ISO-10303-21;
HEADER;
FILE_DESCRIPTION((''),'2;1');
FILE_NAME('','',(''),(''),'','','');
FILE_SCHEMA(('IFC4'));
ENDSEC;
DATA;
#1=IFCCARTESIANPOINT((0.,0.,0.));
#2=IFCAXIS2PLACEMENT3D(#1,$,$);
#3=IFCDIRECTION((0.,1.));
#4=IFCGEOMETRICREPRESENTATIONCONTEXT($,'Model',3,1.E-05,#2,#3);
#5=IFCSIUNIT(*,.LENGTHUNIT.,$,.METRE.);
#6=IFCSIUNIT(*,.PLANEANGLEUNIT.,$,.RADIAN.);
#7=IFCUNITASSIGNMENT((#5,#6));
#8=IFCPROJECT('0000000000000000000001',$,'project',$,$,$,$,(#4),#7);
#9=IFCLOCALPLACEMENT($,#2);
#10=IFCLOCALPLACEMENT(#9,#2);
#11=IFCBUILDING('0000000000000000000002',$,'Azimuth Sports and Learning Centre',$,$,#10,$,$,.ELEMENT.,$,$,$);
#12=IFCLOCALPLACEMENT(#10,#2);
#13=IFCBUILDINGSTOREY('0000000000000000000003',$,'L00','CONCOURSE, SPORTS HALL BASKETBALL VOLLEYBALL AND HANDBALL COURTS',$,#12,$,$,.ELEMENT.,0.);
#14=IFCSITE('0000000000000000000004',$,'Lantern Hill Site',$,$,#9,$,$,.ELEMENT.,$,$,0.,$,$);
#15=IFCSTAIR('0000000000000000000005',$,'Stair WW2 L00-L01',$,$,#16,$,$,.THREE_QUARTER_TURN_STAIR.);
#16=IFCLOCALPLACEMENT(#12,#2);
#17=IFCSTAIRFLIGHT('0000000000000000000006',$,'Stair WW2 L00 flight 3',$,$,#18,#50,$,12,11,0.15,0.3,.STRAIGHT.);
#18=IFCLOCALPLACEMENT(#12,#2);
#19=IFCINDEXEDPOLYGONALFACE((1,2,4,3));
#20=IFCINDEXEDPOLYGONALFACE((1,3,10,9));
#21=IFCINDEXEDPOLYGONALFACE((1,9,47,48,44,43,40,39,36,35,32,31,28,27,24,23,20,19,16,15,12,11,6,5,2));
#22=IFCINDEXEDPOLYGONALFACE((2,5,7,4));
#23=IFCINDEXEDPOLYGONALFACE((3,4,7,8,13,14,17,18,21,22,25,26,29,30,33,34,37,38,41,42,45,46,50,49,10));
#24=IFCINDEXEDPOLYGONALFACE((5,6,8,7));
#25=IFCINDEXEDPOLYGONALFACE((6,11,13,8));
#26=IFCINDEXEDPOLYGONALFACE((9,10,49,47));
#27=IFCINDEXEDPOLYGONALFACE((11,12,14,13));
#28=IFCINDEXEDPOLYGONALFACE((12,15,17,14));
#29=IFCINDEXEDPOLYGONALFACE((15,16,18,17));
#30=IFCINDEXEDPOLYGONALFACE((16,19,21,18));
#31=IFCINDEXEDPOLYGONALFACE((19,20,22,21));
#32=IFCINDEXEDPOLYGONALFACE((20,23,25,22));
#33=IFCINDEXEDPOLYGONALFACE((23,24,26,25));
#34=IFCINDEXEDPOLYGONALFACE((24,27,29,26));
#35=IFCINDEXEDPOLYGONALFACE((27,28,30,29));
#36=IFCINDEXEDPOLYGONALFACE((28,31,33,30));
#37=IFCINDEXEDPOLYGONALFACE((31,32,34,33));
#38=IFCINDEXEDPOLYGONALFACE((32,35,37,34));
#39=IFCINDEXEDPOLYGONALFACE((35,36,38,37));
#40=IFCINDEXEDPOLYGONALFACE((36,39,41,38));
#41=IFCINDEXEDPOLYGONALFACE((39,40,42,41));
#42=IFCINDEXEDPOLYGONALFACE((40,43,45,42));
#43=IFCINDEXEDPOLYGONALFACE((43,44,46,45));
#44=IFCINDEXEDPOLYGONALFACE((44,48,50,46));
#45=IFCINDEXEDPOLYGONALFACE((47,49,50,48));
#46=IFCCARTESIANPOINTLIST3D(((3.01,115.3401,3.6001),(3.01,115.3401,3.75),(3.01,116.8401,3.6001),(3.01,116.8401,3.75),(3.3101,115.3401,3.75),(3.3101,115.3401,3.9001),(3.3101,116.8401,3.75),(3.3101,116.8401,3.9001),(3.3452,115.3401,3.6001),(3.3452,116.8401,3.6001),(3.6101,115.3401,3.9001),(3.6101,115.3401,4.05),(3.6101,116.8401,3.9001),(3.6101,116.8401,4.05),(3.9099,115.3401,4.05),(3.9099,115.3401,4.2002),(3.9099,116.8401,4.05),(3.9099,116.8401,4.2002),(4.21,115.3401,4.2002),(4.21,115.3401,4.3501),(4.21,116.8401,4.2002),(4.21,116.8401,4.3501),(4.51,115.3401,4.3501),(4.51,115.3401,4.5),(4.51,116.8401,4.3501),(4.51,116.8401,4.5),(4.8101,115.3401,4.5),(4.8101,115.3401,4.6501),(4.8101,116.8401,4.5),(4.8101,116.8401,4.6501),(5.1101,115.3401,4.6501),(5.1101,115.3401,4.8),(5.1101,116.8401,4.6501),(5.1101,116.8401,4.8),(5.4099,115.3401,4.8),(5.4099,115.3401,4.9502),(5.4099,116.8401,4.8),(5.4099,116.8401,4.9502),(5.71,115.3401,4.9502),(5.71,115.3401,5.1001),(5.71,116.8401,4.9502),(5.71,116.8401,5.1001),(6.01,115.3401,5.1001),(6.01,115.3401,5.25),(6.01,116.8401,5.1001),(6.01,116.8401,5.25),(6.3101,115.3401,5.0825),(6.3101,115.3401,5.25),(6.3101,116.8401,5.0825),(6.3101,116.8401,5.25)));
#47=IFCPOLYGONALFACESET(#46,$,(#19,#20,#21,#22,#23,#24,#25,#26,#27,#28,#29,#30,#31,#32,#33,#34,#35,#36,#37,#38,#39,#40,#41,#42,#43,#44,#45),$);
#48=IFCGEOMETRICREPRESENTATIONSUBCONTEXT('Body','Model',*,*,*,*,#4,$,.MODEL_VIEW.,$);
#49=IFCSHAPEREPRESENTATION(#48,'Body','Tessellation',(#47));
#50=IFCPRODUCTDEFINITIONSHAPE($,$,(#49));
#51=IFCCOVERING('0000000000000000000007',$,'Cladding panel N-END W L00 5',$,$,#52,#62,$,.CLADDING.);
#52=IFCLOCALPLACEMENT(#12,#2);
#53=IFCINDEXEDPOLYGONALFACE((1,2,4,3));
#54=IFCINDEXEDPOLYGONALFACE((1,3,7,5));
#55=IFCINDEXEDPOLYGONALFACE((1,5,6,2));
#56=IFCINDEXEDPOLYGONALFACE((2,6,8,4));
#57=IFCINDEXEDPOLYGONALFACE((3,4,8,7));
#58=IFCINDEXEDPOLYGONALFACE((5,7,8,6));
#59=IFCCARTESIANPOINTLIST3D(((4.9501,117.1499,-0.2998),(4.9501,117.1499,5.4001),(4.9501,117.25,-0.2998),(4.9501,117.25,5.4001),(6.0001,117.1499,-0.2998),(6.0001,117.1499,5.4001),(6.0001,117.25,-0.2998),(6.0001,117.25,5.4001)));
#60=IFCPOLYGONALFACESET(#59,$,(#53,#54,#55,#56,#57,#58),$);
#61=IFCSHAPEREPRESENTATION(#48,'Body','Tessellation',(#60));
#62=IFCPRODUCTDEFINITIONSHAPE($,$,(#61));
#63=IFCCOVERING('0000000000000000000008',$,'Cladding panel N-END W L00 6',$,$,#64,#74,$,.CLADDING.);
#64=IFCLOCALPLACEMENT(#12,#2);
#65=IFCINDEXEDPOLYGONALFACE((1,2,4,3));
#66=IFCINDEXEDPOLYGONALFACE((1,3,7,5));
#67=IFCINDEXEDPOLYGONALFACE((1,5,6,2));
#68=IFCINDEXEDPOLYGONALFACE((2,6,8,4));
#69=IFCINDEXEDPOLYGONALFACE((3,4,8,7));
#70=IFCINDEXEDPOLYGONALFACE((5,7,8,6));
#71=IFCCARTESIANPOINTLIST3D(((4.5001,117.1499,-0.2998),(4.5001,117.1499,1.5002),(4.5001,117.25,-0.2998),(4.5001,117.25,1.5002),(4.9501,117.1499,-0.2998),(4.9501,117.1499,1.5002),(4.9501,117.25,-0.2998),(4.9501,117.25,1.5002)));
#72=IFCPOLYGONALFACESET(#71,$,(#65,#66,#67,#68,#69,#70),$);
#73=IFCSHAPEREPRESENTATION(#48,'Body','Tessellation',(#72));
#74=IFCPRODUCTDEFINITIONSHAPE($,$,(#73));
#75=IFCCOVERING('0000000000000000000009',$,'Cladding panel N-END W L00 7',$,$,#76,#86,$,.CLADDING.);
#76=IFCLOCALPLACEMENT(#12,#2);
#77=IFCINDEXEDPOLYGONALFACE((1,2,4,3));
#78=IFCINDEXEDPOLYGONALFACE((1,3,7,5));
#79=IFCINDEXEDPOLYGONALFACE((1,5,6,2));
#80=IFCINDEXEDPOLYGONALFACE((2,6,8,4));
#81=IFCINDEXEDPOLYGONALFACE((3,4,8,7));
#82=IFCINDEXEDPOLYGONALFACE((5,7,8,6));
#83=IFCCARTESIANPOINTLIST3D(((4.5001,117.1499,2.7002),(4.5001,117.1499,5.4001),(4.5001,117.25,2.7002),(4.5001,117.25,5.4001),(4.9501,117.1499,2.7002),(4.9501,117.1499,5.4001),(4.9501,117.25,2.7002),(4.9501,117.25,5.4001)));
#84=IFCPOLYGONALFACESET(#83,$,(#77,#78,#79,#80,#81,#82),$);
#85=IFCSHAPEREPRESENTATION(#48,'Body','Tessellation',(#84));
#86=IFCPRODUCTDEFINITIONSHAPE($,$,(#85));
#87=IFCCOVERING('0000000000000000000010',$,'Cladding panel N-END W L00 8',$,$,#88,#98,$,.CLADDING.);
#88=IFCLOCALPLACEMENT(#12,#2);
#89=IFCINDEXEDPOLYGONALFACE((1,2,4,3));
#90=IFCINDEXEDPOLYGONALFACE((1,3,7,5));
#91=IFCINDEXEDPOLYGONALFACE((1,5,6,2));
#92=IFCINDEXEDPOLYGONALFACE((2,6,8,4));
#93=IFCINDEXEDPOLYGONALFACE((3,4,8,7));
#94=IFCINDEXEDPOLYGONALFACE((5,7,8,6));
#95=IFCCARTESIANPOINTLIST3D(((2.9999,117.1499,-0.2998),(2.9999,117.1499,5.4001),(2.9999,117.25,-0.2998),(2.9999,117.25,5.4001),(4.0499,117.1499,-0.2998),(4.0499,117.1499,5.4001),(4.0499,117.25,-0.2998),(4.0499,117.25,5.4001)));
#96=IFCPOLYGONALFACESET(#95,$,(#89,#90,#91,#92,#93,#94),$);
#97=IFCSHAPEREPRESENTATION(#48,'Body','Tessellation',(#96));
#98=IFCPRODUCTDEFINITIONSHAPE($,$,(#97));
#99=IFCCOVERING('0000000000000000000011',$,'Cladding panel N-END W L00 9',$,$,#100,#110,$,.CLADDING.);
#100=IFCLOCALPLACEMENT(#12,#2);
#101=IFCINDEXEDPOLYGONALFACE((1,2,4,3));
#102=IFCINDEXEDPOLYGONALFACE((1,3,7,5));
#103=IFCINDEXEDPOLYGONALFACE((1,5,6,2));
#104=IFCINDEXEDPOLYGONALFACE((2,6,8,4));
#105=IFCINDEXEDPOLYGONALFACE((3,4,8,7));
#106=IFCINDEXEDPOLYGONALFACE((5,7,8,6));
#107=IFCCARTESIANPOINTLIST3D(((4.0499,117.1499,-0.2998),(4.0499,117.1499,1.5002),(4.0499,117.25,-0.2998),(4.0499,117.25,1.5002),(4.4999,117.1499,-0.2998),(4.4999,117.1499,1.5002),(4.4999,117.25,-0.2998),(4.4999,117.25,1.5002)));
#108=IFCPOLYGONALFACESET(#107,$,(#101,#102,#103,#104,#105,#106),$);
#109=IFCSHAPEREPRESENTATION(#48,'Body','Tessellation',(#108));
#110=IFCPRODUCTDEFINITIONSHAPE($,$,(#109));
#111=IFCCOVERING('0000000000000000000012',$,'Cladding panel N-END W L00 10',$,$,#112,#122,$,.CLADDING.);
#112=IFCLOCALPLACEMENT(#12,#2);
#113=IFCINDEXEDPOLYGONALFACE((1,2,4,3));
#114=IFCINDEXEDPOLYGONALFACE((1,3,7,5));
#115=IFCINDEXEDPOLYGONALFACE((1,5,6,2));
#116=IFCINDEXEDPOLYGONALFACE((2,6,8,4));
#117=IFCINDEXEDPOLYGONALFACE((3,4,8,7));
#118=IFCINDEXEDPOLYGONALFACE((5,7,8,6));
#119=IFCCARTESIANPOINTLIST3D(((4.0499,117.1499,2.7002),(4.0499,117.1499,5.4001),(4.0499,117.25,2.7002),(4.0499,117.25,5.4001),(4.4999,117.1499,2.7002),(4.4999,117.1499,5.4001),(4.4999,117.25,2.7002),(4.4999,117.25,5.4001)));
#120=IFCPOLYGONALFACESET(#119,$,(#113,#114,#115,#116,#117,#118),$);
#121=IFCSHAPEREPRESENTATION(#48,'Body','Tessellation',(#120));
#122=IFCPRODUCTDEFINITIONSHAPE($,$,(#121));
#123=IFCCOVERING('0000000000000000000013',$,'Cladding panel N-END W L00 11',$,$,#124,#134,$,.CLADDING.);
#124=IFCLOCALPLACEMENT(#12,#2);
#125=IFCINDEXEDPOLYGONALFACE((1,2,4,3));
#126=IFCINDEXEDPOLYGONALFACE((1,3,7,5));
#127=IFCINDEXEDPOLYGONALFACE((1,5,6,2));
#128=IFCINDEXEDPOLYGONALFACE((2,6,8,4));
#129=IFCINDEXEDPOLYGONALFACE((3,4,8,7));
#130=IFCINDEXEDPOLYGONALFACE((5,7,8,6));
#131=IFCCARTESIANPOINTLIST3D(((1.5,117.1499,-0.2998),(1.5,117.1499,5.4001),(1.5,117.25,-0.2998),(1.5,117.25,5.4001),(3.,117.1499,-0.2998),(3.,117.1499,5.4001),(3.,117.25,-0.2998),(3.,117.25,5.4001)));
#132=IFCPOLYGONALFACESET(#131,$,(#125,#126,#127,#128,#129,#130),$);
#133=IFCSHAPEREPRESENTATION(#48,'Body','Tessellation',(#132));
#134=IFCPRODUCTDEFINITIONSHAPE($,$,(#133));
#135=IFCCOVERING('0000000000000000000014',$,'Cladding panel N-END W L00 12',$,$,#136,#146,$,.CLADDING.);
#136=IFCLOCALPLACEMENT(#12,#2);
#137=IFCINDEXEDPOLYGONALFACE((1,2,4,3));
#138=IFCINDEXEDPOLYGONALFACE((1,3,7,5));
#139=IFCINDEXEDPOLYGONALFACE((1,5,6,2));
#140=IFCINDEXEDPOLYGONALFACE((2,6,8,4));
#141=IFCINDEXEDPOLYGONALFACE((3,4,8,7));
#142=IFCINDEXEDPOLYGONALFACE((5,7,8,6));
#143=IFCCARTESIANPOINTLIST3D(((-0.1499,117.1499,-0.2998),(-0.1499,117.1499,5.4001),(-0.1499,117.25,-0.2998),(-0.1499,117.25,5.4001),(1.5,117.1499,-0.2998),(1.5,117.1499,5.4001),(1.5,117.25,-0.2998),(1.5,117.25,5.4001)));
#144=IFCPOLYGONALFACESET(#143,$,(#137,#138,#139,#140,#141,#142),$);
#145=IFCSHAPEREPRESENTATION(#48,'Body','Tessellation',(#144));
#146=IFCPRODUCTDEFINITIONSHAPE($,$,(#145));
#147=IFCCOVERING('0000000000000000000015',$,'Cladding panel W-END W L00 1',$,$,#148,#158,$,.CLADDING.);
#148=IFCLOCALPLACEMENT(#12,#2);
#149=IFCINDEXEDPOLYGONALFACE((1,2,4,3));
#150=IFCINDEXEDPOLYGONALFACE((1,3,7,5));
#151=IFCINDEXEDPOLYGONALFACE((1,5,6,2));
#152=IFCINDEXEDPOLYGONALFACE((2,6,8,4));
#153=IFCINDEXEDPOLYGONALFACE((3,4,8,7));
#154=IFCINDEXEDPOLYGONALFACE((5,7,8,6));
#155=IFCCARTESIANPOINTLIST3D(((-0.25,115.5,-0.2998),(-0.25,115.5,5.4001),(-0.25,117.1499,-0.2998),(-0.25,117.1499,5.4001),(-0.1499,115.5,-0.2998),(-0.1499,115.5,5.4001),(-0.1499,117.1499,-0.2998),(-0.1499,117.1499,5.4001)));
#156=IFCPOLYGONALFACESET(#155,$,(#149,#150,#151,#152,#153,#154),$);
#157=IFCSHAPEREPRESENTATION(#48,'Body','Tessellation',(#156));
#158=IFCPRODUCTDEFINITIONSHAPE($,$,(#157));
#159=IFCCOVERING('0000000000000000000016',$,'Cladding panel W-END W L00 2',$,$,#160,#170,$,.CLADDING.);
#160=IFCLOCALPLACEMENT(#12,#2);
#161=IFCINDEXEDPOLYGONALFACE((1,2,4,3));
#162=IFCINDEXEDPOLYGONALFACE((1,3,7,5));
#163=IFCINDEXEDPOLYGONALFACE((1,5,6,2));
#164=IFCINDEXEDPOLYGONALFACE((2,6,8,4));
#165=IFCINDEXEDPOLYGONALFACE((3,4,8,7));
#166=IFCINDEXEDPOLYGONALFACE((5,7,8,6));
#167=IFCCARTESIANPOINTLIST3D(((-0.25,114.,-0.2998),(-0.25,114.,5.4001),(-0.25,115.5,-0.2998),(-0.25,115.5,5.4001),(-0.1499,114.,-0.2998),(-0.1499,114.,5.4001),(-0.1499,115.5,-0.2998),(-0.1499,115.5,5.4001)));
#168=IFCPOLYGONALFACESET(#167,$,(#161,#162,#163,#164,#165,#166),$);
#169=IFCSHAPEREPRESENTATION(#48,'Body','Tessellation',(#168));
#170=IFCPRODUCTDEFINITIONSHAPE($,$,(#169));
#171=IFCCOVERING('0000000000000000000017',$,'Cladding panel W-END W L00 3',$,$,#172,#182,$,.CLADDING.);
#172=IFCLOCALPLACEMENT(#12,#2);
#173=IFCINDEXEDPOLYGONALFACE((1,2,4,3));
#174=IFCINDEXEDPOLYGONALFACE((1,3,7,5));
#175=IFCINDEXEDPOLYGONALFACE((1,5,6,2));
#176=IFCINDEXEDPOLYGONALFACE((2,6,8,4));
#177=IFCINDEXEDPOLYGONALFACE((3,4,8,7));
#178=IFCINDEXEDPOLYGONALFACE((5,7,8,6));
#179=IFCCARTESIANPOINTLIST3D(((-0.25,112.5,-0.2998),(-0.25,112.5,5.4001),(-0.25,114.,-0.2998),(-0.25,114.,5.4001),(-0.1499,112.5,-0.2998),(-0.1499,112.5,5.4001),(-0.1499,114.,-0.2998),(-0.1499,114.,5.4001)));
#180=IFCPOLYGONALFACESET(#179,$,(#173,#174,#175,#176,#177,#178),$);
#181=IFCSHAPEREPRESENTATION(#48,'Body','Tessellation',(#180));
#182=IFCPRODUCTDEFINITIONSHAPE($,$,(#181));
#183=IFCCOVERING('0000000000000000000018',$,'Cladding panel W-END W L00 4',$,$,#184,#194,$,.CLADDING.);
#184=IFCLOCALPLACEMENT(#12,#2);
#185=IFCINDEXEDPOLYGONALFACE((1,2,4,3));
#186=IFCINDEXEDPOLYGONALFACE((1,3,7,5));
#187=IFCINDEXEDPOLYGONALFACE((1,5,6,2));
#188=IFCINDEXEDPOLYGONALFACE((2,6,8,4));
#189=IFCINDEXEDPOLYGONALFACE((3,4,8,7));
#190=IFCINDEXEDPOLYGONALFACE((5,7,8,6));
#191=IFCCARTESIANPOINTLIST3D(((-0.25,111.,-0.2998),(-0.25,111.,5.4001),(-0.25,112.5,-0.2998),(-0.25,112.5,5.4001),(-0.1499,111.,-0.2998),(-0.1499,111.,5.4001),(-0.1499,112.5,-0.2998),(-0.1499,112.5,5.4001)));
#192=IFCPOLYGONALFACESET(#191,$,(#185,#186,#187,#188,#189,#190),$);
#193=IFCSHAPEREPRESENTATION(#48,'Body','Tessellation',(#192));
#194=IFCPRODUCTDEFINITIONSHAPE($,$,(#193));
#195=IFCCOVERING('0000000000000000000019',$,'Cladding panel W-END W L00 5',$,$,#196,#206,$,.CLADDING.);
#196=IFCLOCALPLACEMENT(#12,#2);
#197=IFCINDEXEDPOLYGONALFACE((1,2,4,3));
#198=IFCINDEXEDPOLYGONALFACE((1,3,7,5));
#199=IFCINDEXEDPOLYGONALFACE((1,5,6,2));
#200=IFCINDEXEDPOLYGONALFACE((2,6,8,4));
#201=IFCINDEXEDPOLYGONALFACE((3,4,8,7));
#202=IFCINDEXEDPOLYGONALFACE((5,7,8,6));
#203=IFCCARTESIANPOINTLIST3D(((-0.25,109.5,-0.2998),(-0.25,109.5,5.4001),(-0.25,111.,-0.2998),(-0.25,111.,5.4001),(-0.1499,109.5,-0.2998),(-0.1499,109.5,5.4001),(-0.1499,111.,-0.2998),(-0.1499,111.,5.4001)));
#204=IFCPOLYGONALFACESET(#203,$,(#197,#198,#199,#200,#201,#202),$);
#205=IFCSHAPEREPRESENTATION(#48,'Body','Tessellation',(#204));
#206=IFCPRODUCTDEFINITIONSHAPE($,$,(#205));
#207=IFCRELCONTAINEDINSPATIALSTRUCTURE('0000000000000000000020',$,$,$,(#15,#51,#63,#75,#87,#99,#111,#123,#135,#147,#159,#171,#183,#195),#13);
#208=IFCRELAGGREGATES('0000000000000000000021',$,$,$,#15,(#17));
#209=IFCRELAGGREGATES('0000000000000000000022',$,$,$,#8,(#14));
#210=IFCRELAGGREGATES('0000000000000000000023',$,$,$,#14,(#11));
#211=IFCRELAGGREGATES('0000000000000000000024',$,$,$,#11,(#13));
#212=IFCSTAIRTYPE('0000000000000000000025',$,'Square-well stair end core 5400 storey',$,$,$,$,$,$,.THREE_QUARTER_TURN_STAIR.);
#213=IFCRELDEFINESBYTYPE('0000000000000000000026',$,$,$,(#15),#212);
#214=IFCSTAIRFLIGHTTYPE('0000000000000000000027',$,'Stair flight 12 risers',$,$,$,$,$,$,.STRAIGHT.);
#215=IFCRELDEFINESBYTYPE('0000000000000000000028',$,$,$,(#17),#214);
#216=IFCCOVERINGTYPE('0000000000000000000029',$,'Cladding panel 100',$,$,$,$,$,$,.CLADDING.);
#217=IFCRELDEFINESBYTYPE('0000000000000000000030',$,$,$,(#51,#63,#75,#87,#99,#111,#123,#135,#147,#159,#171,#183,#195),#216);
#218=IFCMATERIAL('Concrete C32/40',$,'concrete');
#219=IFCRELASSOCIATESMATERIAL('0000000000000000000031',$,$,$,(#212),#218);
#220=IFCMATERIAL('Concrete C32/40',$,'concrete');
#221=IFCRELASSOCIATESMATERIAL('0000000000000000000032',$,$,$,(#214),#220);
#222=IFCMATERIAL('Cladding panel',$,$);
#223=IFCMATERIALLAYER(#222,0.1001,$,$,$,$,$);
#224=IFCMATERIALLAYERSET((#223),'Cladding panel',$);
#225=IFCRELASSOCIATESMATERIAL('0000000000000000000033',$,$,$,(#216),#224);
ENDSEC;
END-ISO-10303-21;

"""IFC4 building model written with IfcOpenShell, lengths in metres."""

from ifc_helpers import new_model, si_unit, direction, frame, origin, origin_2d, place, context, subcontext, project, spatial, polyline, rectangle, outline, extrude, material, layer, layer_set, type_object, element, aggregate, save


model = new_model("IFC4")

# Units and contexts
model_context = context("Model", 3, precision=1e-05, world=origin(), true_north=direction((0.0, 1.0)))
body_context = subcontext(model_context, "Body", "Model", "MODEL_VIEW")
ifc_project = project(units=[si_unit("LENGTHUNIT", "METRE"), si_unit("PLANEANGLEUNIT", "RADIAN")], contexts=[model_context])

# Site, building, storey
site_placement = place(None, origin())
site = spatial("IfcSite", under=ifc_project, at=site_placement, Name="Lantern Hill Site", CompositionType="ELEMENT", RefElevation=0.0)
building_placement = place(site_placement, origin())
building = spatial("IfcBuilding", under=site, at=building_placement, Name="Azimuth Sports and Learning Centre", CompositionType="ELEMENT")
storey_placement = place(building_placement, origin())
storey = spatial("IfcBuildingStorey", under=building, at=storey_placement, Name="L00", Description="CONCOURSE, SPORTS HALL BASKETBALL VOLLEYBALL AND HANDBALL COURTS", CompositionType="ELEMENT", Elevation=0.0)

# Stair, stair flight
ifc_material_1 = material(Name="Concrete C32/40", Category="concrete")
stair_type = type_object("IfcStairType", Name="Square-well stair end core 5400 storey", PredefinedType="THREE_QUARTER_TURN_STAIR", material=ifc_material_1)
stair_placement = place(storey_placement, origin())
stair = element("IfcStair", 1, at=stair_placement, inside=storey, type_object=stair_type, Name="Stair WW2 L00-L01", PredefinedType="THREE_QUARTER_TURN_STAIR")
ifc_material_2 = material(Name="Concrete C32/40", Category="concrete")
stair_flight_type = type_object("IfcStairFlightType", Name="Stair flight 12 risers", PredefinedType="STRAIGHT", material=ifc_material_2)
stair_flight_1_placement = place(storey_placement, frame((3.01, 116.0901, 3.6001), z_axis=(0.0, 0.0, 1.0), x_axis=(1.0, 0.0, 0.0)))
stair_flight_1 = element("IfcStairFlight", 2, at=stair_flight_1_placement, type_object=stair_flight_type, Name="Stair WW2 L00 flight 3", NumberOfRisers=12, NumberOfTreads=11, PredefinedType="STRAIGHT", RiserHeight=0.15, TreadLength=0.3, context=body_context, shape_type="SweptSolid", body=[
    extrude(outline(polyline([(0.0, 0.0), (0.0, 0.1499), (0.3, 0.1499), (0.3, 0.3), (0.6001, 0.3), (0.6001, 0.45), (0.8999, 0.45), (0.8999, 0.6001), (1.2, 0.6001), (1.2, 0.75), (1.5, 0.75), (1.5, 0.8999), (1.8, 0.8999), (1.8, 1.05), (2.1001, 1.05), (2.1001, 1.2), (2.3999, 1.2), (2.3999, 1.3501), (2.7, 1.3501), (2.7, 1.5), (3.0, 1.5), (3.0, 1.6499), (3.3, 1.6499), (3.3, 1.8), (3.3, 1.4824), (0.3352, 0.0), (0.0, 0.0)])), frame((0.0, 0.75, 0.0), z_axis=(0.0, -1.0, 0.0), x_axis=(1.0, 0.0, 0.0)), (0.0, 0.0, 1.0), 1.5),
])
aggregate(stair, [stair_flight_1])

# Coverings
ifc_material_3 = material(Name="Cladding panel")
ifc_layer_1 = layer(ifc_material_3, 0.1001)
ifc_layer_set_1 = layer_set([ifc_layer_1], Name="Cladding panel")
covering_type = type_object("IfcCoveringType", Name="Cladding panel 100", PredefinedType="CLADDING", material=ifc_layer_set_1)
covering_1_placement = place(storey_placement, frame((5.4751, 117.2, -0.2998), z_axis=(0.0, 0.0, 1.0), x_axis=(-1.0, 0.0, 0.0)))
element("IfcCovering", 3, at=covering_1_placement, inside=storey, type_object=covering_type, Name="Cladding panel N-END W L00 5", PredefinedType="CLADDING", context=body_context, shape_type="SweptSolid", body=[
    extrude(rectangle(XDim=1.05, YDim=0.1001, at=origin_2d()), origin(), (0.0, 0.0, 1.0), 5.7),
])
covering_2_placement = place(storey_placement, frame((4.7251, 117.2, -0.2998), z_axis=(0.0, 0.0, 1.0), x_axis=(-1.0, 0.0, 0.0)))
element("IfcCovering", 4, at=covering_2_placement, inside=storey, type_object=covering_type, Name="Cladding panel N-END W L00 6", PredefinedType="CLADDING", context=body_context, shape_type="SweptSolid", body=[
    extrude(rectangle(XDim=0.45, YDim=0.1001, at=origin_2d()), origin(), (0.0, 0.0, 1.0), 1.8),
])
covering_3_placement = place(storey_placement, frame((4.7251, 117.2, 2.7002), z_axis=(0.0, 0.0, 1.0), x_axis=(-1.0, 0.0, 0.0)))
element("IfcCovering", 5, at=covering_3_placement, inside=storey, type_object=covering_type, Name="Cladding panel N-END W L00 7", PredefinedType="CLADDING", context=body_context, shape_type="SweptSolid", body=[
    extrude(rectangle(XDim=0.45, YDim=0.1001, at=origin_2d()), origin(), (0.0, 0.0, 1.0), 2.7),
])
covering_4_placement = place(storey_placement, frame((3.5249, 117.2, -0.2998), z_axis=(0.0, 0.0, 1.0), x_axis=(-1.0, 0.0, 0.0)))
element("IfcCovering", 6, at=covering_4_placement, inside=storey, type_object=covering_type, Name="Cladding panel N-END W L00 8", PredefinedType="CLADDING", context=body_context, shape_type="SweptSolid", body=[
    extrude(rectangle(XDim=1.05, YDim=0.1001, at=origin_2d()), origin(), (0.0, 0.0, 1.0), 5.7),
])
covering_5_placement = place(storey_placement, frame((4.2749, 117.2, -0.2998), z_axis=(0.0, 0.0, 1.0), x_axis=(-1.0, 0.0, 0.0)))
element("IfcCovering", 7, at=covering_5_placement, inside=storey, type_object=covering_type, Name="Cladding panel N-END W L00 9", PredefinedType="CLADDING", context=body_context, shape_type="SweptSolid", body=[
    extrude(rectangle(XDim=0.45, YDim=0.1001, at=origin_2d()), origin(), (0.0, 0.0, 1.0), 1.8),
])
covering_6_placement = place(storey_placement, frame((4.2749, 117.2, 2.7002), z_axis=(0.0, 0.0, 1.0), x_axis=(-1.0, 0.0, 0.0)))
element("IfcCovering", 8, at=covering_6_placement, inside=storey, type_object=covering_type, Name="Cladding panel N-END W L00 10", PredefinedType="CLADDING", context=body_context, shape_type="SweptSolid", body=[
    extrude(rectangle(XDim=0.45, YDim=0.1001, at=origin_2d()), origin(), (0.0, 0.0, 1.0), 2.7),
])
covering_7_placement = place(storey_placement, frame((2.25, 117.2, -0.2998), z_axis=(0.0, 0.0, 1.0), x_axis=(-1.0, 0.0, 0.0)))
element("IfcCovering", 9, at=covering_7_placement, inside=storey, type_object=covering_type, Name="Cladding panel N-END W L00 11", PredefinedType="CLADDING", context=body_context, shape_type="SweptSolid", body=[
    extrude(rectangle(XDim=1.5, YDim=0.1001, at=origin_2d()), origin(), (0.0, 0.0, 1.0), 5.7),
])
for number, where, z_axis, x_axis, name in (
    (10, (0.675, 117.2, -0.2998), (0.0, 0.0, 1.0), (-1.0, 0.0, 0.0), "Cladding panel N-END W L00 12"),
    (11, (-0.2, 116.325, -0.2998), (0.0, 0.0, 1.0), (0.0, -1.0, 0.0), "Cladding panel W-END W L00 1"),
):
    element("IfcCovering", number, at=place(storey_placement, frame(where, z_axis=z_axis, x_axis=x_axis)), inside=storey, type_object=covering_type, Name=name, PredefinedType="CLADDING", context=body_context, shape_type="SweptSolid", body=[
        extrude(rectangle(XDim=1.6499, YDim=0.1001, at=origin_2d()), origin(), (0.0, 0.0, 1.0), 5.7),
    ])
for number, where, z_axis, x_axis, name in (
    (12, (-0.2, 114.75, -0.2998), (0.0, 0.0, 1.0), (0.0, -1.0, 0.0), "Cladding panel W-END W L00 2"),
    (13, (-0.2, 113.25, -0.2998), (0.0, 0.0, 1.0), (0.0, -1.0, 0.0), "Cladding panel W-END W L00 3"),
    (14, (-0.2, 111.75, -0.2998), (0.0, 0.0, 1.0), (0.0, -1.0, 0.0), "Cladding panel W-END W L00 4"),
    (15, (-0.2, 110.25, -0.2998), (0.0, 0.0, 1.0), (0.0, -1.0, 0.0), "Cladding panel W-END W L00 5"),
):
    element("IfcCovering", number, at=place(storey_placement, frame(where, z_axis=z_axis, x_axis=x_axis)), inside=storey, type_object=covering_type, Name=name, PredefinedType="CLADDING", context=body_context, shape_type="SweptSolid", body=[
        extrude(rectangle(XDim=1.5, YDim=0.1001, at=origin_2d()), origin(), (0.0, 0.0, 1.0), 5.7),
    ])

save(model, "model.ifc")
